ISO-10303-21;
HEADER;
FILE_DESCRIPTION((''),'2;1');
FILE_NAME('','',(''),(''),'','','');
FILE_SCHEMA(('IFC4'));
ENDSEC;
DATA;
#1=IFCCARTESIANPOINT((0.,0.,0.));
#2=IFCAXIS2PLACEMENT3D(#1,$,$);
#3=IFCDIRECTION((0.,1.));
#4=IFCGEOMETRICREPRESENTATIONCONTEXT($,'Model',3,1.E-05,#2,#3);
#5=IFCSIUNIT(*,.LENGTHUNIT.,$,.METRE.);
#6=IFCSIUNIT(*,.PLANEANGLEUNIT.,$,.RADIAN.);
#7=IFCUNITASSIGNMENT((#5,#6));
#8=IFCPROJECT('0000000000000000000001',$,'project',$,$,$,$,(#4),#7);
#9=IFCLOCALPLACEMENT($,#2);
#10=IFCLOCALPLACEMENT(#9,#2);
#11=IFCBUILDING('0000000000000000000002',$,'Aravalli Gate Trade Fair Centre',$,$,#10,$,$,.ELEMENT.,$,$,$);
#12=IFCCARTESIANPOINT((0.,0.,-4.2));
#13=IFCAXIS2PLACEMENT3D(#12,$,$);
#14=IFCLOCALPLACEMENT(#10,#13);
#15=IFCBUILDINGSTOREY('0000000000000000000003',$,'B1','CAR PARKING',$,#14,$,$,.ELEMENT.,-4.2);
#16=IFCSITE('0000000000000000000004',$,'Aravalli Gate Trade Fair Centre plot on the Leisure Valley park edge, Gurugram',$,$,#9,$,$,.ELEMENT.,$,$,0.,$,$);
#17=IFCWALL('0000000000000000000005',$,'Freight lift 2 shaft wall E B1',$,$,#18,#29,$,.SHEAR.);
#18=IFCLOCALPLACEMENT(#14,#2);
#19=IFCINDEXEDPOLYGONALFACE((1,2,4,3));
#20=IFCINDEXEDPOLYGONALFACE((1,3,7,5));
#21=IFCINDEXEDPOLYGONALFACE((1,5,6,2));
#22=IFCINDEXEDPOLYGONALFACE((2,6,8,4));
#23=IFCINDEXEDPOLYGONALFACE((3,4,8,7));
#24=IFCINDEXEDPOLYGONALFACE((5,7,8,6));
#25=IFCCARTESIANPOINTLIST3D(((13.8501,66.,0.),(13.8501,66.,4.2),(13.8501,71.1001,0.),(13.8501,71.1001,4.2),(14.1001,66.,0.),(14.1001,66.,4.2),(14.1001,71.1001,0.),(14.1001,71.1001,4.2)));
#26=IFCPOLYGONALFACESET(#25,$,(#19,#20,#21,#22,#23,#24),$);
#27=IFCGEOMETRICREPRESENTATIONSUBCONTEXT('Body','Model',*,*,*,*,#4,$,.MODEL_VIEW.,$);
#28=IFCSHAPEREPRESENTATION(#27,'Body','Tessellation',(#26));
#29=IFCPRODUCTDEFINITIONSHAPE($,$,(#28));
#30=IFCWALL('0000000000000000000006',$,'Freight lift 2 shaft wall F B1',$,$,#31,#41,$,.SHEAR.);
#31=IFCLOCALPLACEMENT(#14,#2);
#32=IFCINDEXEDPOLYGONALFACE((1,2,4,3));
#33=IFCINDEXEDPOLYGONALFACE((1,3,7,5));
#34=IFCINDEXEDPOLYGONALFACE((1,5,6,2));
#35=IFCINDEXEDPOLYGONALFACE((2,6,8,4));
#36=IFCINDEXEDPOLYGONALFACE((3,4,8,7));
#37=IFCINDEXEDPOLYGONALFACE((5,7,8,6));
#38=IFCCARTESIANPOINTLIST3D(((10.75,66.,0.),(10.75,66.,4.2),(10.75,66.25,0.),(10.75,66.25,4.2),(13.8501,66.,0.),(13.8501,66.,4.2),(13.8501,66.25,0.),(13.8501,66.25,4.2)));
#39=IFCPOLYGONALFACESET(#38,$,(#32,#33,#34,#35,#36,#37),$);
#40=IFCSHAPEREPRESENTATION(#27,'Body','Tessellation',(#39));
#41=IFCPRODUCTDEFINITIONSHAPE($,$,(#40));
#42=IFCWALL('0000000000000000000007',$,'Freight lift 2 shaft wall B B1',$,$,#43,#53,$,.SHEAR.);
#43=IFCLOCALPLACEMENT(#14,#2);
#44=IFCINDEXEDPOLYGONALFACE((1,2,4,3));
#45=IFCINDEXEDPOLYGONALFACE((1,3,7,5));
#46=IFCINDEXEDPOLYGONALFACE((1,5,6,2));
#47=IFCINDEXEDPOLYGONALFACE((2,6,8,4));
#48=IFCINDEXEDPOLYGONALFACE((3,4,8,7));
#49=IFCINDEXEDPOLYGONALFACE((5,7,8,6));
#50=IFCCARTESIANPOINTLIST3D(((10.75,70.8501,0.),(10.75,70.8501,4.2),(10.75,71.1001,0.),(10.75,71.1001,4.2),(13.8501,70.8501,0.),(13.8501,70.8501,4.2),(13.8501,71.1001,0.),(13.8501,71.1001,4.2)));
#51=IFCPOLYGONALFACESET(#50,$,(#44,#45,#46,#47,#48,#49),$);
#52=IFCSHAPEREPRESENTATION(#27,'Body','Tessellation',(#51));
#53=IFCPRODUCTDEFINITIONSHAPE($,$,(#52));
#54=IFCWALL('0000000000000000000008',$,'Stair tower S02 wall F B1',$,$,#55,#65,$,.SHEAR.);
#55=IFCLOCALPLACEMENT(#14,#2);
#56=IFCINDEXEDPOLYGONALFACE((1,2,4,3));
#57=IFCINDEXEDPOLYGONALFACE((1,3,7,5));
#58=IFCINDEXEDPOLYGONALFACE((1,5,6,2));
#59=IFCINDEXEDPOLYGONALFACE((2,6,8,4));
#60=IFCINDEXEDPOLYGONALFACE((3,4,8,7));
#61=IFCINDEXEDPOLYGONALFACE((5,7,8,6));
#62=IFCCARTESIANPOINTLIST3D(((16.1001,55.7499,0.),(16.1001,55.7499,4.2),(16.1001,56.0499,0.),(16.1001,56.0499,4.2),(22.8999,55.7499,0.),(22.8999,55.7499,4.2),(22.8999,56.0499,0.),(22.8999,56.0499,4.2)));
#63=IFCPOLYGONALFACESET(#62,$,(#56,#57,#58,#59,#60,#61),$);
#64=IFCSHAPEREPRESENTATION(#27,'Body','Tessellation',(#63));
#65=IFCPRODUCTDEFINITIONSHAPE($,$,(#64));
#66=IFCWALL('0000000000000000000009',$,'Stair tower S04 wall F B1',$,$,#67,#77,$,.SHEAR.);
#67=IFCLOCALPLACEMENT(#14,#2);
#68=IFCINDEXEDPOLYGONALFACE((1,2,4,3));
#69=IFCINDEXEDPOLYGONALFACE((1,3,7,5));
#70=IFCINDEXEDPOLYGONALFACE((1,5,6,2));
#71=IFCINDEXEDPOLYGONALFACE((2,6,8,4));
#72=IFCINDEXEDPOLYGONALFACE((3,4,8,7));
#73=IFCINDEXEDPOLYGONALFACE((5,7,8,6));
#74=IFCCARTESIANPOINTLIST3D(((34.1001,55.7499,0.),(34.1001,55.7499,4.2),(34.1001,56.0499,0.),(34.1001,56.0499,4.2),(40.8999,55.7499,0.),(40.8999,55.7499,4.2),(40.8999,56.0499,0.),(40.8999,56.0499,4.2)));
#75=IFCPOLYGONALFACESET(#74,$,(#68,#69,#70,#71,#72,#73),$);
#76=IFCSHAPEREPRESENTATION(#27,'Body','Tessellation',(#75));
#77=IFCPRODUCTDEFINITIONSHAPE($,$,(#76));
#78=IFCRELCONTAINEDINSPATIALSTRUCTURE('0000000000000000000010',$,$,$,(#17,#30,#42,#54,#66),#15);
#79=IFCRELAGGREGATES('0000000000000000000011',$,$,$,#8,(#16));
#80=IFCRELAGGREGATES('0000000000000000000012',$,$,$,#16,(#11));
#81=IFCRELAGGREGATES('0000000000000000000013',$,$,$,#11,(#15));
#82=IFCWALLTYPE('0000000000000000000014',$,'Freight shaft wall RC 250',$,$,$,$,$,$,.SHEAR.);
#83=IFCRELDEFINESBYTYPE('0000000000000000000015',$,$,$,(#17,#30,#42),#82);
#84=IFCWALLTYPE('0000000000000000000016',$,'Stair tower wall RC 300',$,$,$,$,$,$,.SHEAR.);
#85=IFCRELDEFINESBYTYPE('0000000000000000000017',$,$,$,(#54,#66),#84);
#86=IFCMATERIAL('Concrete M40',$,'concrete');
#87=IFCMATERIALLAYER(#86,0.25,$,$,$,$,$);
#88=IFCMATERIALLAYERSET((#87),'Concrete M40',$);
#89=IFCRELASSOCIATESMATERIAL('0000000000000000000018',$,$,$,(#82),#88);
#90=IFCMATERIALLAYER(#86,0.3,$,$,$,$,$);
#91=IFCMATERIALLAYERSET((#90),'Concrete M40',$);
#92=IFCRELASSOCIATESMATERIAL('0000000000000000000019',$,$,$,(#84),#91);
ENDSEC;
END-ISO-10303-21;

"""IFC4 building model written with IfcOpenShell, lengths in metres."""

from ifc_helpers import new_model, si_unit, direction, frame, frame_2d, origin, place, context, subcontext, project, spatial, rectangle, extrude, material, layer, layer_set, type_object, element, save


model = new_model("IFC4")

# Units and contexts
model_context = context("Model", 3, precision=1e-05, world=origin(), true_north=direction((0.0, 1.0)))
body_context = subcontext(model_context, "Body", "Model", "MODEL_VIEW")
ifc_project = project(units=[si_unit("LENGTHUNIT", "METRE"), si_unit("PLANEANGLEUNIT", "RADIAN")], contexts=[model_context])

# Site, building, storey
site_placement = place(None, origin())
site = spatial("IfcSite", under=ifc_project, at=site_placement, Name="Aravalli Gate Trade Fair Centre plot on the Leisure Valley park edge, Gurugram", CompositionType="ELEMENT", RefElevation=0.0)
building_placement = place(site_placement, origin())
building = spatial("IfcBuilding", under=site, at=building_placement, Name="Aravalli Gate Trade Fair Centre", CompositionType="ELEMENT")
storey_placement = place(building_placement, frame((0.0, 0.0, -4.2)))
storey = spatial("IfcBuildingStorey", under=building, at=storey_placement, Name="B1", Description="CAR PARKING", CompositionType="ELEMENT", Elevation=-4.2)

# Shared definitions
ifc_material_1 = material(Name="Concrete M40", Category="concrete")

# Walls
ifc_layer_1 = layer(ifc_material_1, 0.25)
ifc_layer_set_1 = layer_set([ifc_layer_1], Name="Concrete M40")
wall_type_1 = type_object("IfcWallType", Name="Freight shaft wall RC 250", PredefinedType="SHEAR", material=ifc_layer_set_1)
for number, where, z_axis, x_axis, name in (
    (1, (13.9751, 66.0, 0.0), (0.0, 0.0, 1.0), (0.0, 1.0, 0.0), "Freight lift 2 shaft wall E B1"),
):
    element("IfcWall", number, at=place(storey_placement, frame(where, z_axis=z_axis, x_axis=x_axis)), inside=storey, type_object=wall_type_1, Name=name, PredefinedType="SHEAR", context=body_context, shape_type="SweptSolid", body=[
        extrude(rectangle(XDim=5.1001, YDim=0.25, at=frame_2d((2.55, 0.0))), origin(), (0.0, 0.0, 1.0), 4.2),
    ])
for number, where, z_axis, x_axis, name in (
    (2, (10.75, 66.125, 0.0), (0.0, 0.0, 1.0), (1.0, 0.0, 0.0), "Freight lift 2 shaft wall F B1"),
    (3, (10.75, 70.9751, 0.0), (0.0, 0.0, 1.0), (1.0, 0.0, 0.0), "Freight lift 2 shaft wall B B1"),
):
    element("IfcWall", number, at=place(storey_placement, frame(where, z_axis=z_axis, x_axis=x_axis)), inside=storey, type_object=wall_type_1, Name=name, PredefinedType="SHEAR", context=body_context, shape_type="SweptSolid", body=[
        extrude(rectangle(XDim=3.1001, YDim=0.25, at=frame_2d((1.55, 0.0))), origin(), (0.0, 0.0, 1.0), 4.2),
    ])
ifc_layer_2 = layer(ifc_material_1, 0.3)
ifc_layer_set_2 = layer_set([ifc_layer_2], Name="Concrete M40")
wall_type_2 = type_object("IfcWallType", Name="Stair tower wall RC 300", PredefinedType="SHEAR", material=ifc_layer_set_2)
for number, where, z_axis, x_axis, name in (
    (4, (16.1001, 55.8999, 0.0), (0.0, 0.0, 1.0), (1.0, 0.0, 0.0), "Stair tower S02 wall F B1"),
    (5, (34.1001, 55.8999, 0.0), (0.0, 0.0, 1.0), (1.0, 0.0, 0.0), "Stair tower S04 wall F B1"),
):
    element("IfcWall", number, at=place(storey_placement, frame(where, z_axis=z_axis, x_axis=x_axis)), inside=storey, type_object=wall_type_2, Name=name, PredefinedType="SHEAR", context=body_context, shape_type="SweptSolid", body=[
        extrude(rectangle(XDim=6.7998, YDim=0.3, at=frame_2d((3.3999, 0.0))), origin(), (0.0, 0.0, 1.0), 4.2),
    ])

save(model, "model.ifc")
